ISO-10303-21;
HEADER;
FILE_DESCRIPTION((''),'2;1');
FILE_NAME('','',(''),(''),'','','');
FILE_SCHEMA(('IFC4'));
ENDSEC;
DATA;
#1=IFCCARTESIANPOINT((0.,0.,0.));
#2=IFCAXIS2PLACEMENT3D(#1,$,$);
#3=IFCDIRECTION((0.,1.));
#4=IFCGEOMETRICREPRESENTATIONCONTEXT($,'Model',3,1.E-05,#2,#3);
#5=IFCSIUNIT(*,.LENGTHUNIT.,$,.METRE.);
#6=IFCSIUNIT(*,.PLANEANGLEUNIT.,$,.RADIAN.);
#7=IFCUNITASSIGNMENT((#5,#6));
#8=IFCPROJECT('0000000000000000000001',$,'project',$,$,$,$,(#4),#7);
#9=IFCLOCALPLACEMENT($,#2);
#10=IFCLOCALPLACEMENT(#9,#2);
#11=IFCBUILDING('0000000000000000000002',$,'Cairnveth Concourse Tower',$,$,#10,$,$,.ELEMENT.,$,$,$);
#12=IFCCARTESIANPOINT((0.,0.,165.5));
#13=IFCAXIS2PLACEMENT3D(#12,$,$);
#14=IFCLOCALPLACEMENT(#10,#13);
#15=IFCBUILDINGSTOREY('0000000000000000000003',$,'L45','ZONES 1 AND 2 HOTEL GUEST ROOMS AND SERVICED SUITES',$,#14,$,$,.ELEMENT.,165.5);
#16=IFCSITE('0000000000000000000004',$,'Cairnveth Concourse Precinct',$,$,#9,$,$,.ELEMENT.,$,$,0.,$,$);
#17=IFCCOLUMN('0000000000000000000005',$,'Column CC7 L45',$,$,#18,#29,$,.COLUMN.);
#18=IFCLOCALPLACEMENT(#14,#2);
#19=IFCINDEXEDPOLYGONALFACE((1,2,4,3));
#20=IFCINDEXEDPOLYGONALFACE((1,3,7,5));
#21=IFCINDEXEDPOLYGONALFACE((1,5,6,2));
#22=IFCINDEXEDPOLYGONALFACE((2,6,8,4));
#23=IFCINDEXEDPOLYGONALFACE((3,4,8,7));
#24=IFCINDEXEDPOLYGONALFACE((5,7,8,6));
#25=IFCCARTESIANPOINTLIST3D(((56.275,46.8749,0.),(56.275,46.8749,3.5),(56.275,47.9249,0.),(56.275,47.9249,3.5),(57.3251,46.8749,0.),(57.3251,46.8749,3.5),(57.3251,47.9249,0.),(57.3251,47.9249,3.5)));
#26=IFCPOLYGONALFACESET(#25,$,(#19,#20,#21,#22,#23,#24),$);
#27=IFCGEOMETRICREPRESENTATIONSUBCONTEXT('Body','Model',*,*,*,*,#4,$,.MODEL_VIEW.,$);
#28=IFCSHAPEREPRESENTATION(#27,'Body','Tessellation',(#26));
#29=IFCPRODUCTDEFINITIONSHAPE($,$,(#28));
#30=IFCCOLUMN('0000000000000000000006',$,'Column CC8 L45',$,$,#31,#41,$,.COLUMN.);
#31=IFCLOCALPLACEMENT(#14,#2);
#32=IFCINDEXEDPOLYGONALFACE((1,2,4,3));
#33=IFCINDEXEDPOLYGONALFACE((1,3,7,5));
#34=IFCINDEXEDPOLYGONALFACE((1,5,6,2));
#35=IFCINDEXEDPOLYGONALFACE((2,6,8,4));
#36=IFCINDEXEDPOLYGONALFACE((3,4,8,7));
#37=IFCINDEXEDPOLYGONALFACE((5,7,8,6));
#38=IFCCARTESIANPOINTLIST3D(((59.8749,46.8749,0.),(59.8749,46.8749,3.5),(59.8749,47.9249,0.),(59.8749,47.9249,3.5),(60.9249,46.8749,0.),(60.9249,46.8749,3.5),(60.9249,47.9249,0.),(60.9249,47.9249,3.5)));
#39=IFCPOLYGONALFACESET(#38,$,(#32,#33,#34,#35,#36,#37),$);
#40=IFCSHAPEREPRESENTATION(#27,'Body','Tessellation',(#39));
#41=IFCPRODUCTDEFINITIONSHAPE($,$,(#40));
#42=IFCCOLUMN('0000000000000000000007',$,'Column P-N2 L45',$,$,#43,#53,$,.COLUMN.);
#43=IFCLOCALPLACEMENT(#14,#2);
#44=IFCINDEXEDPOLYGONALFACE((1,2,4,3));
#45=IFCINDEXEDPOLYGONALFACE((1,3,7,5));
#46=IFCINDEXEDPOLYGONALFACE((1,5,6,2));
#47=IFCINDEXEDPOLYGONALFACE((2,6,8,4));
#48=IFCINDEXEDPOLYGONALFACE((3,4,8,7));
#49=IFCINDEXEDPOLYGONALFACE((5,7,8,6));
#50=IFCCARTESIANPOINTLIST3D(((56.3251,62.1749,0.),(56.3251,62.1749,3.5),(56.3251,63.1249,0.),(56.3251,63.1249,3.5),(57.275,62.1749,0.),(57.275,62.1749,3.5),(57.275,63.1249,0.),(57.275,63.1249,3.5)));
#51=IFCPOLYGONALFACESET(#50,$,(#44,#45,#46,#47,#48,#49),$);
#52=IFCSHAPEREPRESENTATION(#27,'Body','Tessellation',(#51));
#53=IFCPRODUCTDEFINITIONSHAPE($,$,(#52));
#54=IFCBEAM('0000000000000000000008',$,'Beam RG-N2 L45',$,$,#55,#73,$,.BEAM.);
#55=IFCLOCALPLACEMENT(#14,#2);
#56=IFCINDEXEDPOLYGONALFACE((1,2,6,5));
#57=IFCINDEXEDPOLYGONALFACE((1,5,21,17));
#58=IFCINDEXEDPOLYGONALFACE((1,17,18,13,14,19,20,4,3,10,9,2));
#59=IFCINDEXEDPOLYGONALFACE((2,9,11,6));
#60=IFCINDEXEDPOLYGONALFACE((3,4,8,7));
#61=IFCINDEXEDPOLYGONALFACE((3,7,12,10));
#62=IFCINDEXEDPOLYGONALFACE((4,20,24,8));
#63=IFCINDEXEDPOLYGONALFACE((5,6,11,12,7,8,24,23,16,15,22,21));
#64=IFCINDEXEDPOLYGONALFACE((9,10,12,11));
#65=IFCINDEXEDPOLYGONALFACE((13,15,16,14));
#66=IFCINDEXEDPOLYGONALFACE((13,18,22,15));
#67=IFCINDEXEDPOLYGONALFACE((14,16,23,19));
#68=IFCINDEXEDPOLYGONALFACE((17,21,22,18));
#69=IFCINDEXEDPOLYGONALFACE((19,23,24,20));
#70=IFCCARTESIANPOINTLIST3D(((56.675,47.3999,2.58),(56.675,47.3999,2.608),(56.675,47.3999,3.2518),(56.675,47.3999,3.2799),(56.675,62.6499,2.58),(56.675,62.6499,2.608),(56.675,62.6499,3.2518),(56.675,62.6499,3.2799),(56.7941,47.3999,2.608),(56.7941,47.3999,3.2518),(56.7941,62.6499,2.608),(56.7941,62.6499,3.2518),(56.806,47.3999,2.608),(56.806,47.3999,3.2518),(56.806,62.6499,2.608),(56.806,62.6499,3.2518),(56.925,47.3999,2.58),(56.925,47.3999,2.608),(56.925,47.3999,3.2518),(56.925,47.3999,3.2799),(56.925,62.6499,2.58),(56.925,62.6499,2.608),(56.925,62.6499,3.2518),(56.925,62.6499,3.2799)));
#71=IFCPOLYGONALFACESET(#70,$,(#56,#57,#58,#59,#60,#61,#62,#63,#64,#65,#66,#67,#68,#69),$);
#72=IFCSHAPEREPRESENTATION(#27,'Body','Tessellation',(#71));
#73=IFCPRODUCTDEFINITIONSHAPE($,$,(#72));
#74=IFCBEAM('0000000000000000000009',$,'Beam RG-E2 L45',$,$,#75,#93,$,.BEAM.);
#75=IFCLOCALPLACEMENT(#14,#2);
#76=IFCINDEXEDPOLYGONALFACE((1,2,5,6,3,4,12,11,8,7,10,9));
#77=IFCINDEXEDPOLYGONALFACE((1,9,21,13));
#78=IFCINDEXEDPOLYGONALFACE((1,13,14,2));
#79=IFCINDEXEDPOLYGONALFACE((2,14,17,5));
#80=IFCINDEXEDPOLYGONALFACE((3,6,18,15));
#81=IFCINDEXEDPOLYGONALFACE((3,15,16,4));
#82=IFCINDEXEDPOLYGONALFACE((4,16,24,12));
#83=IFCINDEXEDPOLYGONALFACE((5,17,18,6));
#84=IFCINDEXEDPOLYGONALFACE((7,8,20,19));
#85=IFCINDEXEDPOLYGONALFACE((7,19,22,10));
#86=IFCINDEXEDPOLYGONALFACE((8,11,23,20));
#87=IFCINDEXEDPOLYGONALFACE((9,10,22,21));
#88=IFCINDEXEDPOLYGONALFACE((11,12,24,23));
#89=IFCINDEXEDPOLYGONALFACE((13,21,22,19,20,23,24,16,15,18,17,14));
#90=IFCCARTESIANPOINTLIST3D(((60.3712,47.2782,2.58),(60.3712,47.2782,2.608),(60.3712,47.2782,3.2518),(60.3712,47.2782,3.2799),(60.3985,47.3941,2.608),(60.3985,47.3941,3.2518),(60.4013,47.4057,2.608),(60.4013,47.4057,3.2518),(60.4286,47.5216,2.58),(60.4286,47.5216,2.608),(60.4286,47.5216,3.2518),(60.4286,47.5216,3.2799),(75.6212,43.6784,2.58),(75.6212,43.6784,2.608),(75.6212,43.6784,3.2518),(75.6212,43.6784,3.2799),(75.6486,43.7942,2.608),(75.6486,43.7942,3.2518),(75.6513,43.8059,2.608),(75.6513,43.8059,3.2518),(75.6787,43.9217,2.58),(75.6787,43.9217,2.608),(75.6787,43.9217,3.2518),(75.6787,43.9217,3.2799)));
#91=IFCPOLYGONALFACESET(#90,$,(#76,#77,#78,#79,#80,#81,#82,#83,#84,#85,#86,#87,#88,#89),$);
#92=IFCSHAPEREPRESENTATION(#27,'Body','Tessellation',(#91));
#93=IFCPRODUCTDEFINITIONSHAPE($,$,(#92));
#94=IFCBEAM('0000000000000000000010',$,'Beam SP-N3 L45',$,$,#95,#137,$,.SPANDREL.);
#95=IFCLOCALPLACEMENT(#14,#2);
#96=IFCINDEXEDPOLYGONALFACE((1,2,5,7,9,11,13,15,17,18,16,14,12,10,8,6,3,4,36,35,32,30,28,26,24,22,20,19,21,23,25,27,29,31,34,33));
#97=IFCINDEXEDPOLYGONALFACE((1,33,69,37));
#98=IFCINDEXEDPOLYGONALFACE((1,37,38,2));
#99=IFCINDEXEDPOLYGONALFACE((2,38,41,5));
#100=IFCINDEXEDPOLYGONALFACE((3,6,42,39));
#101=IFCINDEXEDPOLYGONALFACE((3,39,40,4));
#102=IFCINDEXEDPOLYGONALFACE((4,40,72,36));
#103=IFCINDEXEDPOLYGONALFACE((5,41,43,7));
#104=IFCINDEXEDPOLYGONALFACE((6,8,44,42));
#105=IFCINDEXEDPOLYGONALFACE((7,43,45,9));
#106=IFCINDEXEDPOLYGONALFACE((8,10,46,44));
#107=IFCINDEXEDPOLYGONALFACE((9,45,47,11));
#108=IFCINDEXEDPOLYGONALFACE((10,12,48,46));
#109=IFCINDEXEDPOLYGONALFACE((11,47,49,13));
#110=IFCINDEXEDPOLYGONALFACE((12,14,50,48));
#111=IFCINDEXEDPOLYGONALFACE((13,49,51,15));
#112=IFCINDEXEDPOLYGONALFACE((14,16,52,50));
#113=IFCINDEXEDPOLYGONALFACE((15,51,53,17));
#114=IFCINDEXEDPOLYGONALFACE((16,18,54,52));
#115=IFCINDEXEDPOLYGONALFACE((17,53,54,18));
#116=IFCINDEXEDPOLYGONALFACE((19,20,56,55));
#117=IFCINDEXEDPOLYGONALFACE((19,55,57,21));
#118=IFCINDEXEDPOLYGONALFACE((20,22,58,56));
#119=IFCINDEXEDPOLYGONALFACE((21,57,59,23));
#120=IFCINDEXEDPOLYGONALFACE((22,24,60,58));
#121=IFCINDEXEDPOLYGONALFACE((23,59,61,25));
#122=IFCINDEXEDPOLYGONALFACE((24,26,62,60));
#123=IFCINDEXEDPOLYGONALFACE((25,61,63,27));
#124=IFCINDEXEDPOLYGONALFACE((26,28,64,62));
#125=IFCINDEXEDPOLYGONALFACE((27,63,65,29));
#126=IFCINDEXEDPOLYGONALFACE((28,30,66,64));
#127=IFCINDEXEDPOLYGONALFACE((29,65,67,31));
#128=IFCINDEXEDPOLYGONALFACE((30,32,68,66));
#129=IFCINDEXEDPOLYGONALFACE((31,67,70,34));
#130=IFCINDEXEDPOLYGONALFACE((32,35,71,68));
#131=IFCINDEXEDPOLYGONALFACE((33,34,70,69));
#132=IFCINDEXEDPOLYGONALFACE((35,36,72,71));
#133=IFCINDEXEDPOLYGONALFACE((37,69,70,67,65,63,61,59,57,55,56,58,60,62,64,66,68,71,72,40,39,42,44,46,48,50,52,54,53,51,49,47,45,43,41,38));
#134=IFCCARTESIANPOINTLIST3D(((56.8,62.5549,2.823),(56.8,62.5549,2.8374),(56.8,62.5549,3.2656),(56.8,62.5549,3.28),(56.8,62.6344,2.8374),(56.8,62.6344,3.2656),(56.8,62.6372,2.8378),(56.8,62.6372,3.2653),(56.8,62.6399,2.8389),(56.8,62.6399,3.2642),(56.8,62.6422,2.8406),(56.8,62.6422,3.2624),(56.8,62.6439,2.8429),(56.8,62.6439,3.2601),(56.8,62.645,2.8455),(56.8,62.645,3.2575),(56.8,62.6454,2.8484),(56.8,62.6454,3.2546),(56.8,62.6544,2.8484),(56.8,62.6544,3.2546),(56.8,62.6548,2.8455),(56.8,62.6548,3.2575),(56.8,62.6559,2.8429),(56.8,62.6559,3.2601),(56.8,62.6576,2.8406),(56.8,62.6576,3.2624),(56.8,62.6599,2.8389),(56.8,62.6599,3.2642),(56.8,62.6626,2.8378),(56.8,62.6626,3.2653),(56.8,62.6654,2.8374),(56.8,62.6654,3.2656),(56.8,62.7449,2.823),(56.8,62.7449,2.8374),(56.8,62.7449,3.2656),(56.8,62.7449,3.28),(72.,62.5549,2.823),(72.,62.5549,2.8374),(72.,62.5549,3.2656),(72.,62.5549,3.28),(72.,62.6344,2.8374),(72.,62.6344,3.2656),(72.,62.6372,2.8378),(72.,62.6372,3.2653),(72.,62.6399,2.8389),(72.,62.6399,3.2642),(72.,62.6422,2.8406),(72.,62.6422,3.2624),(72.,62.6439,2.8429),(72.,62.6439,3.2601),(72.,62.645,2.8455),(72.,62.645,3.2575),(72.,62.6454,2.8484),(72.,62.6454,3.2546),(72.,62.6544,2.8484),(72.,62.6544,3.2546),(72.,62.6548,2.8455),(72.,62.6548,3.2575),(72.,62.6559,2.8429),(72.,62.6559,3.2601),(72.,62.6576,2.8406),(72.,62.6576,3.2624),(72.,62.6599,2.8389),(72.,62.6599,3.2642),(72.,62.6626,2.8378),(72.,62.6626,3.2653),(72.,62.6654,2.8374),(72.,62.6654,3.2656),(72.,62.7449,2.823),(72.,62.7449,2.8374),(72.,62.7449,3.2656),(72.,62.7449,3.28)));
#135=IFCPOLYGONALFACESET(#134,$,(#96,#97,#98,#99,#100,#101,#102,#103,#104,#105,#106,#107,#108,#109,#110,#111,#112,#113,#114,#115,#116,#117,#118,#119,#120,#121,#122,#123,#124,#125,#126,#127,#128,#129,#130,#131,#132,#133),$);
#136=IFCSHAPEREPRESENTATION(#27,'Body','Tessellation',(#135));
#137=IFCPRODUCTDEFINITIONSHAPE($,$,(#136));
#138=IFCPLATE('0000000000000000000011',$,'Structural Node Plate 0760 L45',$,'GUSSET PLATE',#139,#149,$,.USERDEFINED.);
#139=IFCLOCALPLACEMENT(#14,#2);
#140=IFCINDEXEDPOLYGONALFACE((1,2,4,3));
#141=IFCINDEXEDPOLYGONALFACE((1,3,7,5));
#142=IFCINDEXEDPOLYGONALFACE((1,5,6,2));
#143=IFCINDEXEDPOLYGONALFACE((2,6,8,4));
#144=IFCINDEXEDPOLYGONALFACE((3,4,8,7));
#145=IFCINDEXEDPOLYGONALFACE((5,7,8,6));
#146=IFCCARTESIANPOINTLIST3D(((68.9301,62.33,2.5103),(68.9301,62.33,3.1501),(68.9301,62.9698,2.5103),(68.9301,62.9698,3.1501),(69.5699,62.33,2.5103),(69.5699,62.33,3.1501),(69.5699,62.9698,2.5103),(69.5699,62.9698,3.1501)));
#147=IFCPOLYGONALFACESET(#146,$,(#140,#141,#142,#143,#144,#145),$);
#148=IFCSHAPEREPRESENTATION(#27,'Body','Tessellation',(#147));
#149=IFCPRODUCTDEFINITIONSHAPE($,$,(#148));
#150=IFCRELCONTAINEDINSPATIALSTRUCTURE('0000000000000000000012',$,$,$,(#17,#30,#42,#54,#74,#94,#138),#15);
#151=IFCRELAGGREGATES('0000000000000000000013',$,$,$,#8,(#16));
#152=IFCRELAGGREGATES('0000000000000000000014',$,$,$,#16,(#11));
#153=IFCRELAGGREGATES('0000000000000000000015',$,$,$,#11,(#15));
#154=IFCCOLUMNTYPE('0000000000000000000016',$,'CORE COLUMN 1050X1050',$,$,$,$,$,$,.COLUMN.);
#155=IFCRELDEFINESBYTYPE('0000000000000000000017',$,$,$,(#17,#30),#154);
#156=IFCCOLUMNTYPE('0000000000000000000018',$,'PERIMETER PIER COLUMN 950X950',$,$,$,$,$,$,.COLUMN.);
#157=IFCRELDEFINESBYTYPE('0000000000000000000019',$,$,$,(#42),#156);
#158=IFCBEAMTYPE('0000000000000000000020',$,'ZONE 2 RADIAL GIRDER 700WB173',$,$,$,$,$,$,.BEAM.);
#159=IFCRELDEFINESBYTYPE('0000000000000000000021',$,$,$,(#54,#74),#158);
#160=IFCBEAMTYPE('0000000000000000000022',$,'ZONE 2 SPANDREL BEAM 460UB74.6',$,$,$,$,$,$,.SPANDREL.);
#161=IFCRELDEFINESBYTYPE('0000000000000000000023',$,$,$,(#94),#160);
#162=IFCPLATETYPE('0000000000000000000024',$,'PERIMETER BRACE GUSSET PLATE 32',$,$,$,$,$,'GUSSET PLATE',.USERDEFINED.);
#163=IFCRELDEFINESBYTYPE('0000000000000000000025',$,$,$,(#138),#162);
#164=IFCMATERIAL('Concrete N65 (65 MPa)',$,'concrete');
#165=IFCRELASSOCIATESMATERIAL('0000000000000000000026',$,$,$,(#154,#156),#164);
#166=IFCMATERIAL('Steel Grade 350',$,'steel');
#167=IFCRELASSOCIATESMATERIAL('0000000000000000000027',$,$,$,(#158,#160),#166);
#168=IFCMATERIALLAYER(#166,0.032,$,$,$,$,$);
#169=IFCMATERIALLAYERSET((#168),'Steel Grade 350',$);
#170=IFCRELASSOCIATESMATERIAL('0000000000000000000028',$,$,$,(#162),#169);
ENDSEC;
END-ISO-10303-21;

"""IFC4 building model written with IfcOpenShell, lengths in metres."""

from ifc_helpers import new_model, si_unit, direction, frame, origin, origin_2d, place, context, subcontext, project, spatial, rectangle, i_section, extrude, material, layer, layer_set, material_profile, profile_set, type_object, element, save


model = new_model("IFC4")

# Units and contexts
model_context = context("Model", 3, precision=1e-05, world=origin(), true_north=direction((0.0, 1.0)))
body_context = subcontext(model_context, "Body", "Model", "MODEL_VIEW")
ifc_project = project(units=[si_unit("LENGTHUNIT", "METRE"), si_unit("PLANEANGLEUNIT", "RADIAN")], contexts=[model_context])

# Site, building, storey
site_placement = place(None, origin())
site = spatial("IfcSite", under=ifc_project, at=site_placement, Name="Cairnveth Concourse Precinct", CompositionType="ELEMENT", RefElevation=0.0)
building_placement = place(site_placement, origin())
building = spatial("IfcBuilding", under=site, at=building_placement, Name="Cairnveth Concourse Tower", CompositionType="ELEMENT")
storey_placement = place(building_placement, frame((0.0, 0.0, 165.5)))
storey = spatial("IfcBuildingStorey", under=building, at=storey_placement, Name="L45", Description="ZONES 1 AND 2 HOTEL GUEST ROOMS AND SERVICED SUITES", CompositionType="ELEMENT", Elevation=165.5)

# Columns
ifc_material_1 = material(Name="Concrete N65 (65 MPa)", Category="concrete")
ifc_material_profile_1 = material_profile(ifc_material_1, rectangle(XDim=1.05, YDim=1.05, at=origin_2d()), Name="RC-COL-1050x1050")
ifc_profile_set_1 = profile_set([ifc_material_profile_1], Name="Concrete N65 (65 MPa)")
column_type_1 = type_object("IfcColumnType", Name="CORE COLUMN 1050X1050", PredefinedType="COLUMN", material=ifc_profile_set_1)
for number, where, z_axis, x_axis, name in (
    (1, (56.8, 47.3999, 0.0), (0.0, 0.0, 1.0), (1.0, 0.0, 0.0), "Column CC7 L45"),
    (2, (60.3999, 47.3999, 0.0), (0.0, 0.0, 1.0), (1.0, 0.0, 0.0), "Column CC8 L45"),
):
    element("IfcColumn", number, at=place(storey_placement, frame(where, z_axis=z_axis, x_axis=x_axis)), inside=storey, type_object=column_type_1, Name=name, PredefinedType="COLUMN", context=body_context, shape_type="SweptSolid", body=[
        extrude(rectangle(XDim=1.05, YDim=1.05, at=origin_2d()), origin(), (0.0, 0.0, 1.0), 3.5),
    ])
ifc_material_profile_2 = material_profile(ifc_material_1, rectangle(XDim=0.95, YDim=0.95, at=origin_2d()), Name="RC-COL-950x950")
ifc_profile_set_2 = profile_set([ifc_material_profile_2], Name="Concrete N65 (65 MPa)")
column_type_2 = type_object("IfcColumnType", Name="PERIMETER PIER COLUMN 950X950", PredefinedType="COLUMN", material=ifc_profile_set_2)
column_placement = place(storey_placement, frame((56.8, 62.6499, 0.0), z_axis=(0.0, 0.0, 1.0), x_axis=(1.0, 0.0, 0.0)))
element("IfcColumn", 3, at=column_placement, inside=storey, type_object=column_type_2, Name="Column P-N2 L45", PredefinedType="COLUMN", context=body_context, shape_type="SweptSolid", body=[
    extrude(rectangle(XDim=0.95, YDim=0.95, at=origin_2d()), origin(), (0.0, 0.0, 1.0), 3.5),
])

# Beams
ifc_material_2 = material(Name="Steel Grade 350", Category="steel")
ifc_material_profile_3 = material_profile(ifc_material_2, i_section(OverallWidth=0.25, OverallDepth=0.7, WebThickness=0.012, FlangeThickness=0.0281, at=origin_2d()), Name="700WB173")
ifc_profile_set_3 = profile_set([ifc_material_profile_3], Name="Steel Grade 350")
beam_type_1 = type_object("IfcBeamType", Name="ZONE 2 RADIAL GIRDER 700WB173", PredefinedType="BEAM", material=ifc_profile_set_3)
beam_1_placement = place(storey_placement, frame((56.8, 47.3999, 2.9299), z_axis=(0.0, 1.0, 0.0), x_axis=(-1.0, 0.0, 0.0)))
element("IfcBeam", 4, at=beam_1_placement, inside=storey, type_object=beam_type_1, Name="Beam RG-N2 L45", PredefinedType="BEAM", context=body_context, shape_type="SweptSolid", body=[
    extrude(i_section(OverallWidth=0.25, OverallDepth=0.7, WebThickness=0.012, FlangeThickness=0.0281, at=origin_2d()), origin(), (0.0, 0.0, 1.0), 15.25),
])
beam_2_placement = place(storey_placement, frame((60.3999, 47.3999, 2.9299), z_axis=(0.973252, -0.229742, 0.0), x_axis=(0.229742, 0.973252, 0.0)))
element("IfcBeam", 5, at=beam_2_placement, inside=storey, type_object=beam_type_1, Name="Beam RG-E2 L45", PredefinedType="BEAM", context=body_context, shape_type="SweptSolid", body=[
    extrude(i_section(OverallWidth=0.25, OverallDepth=0.7, WebThickness=0.012, FlangeThickness=0.0281, at=origin_2d()), origin(), (0.0, 0.0, 1.0), 15.6692),
])
ifc_material_profile_4 = material_profile(ifc_material_2, i_section(OverallWidth=0.1899, OverallDepth=0.457, WebThickness=0.009, FlangeThickness=0.0144, FilletRadius=0.011, at=origin_2d()), Name="460UB74.6")
ifc_profile_set_4 = profile_set([ifc_material_profile_4], Name="Steel Grade 350")
beam_type_2 = type_object("IfcBeamType", Name="ZONE 2 SPANDREL BEAM 460UB74.6", PredefinedType="SPANDREL", material=ifc_profile_set_4)
beam_3_placement = place(storey_placement, frame((56.8, 62.6499, 3.0515), z_axis=(1.0, 0.0, 0.0), x_axis=(0.0, 1.0, 0.0)))
element("IfcBeam", 6, at=beam_3_placement, inside=storey, type_object=beam_type_2, Name="Beam SP-N3 L45", PredefinedType="SPANDREL", context=body_context, shape_type="SweptSolid", body=[
    extrude(i_section(OverallWidth=0.1899, OverallDepth=0.457, WebThickness=0.009, FlangeThickness=0.0144, FilletRadius=0.011, at=origin_2d()), origin(), (0.0, 0.0, 1.0), 15.2),
])

# Plate
ifc_layer_1 = layer(ifc_material_2, 0.032)
ifc_layer_set_1 = layer_set([ifc_layer_1], Name="Steel Grade 350")
plate_type = type_object("IfcPlateType", Name="PERIMETER BRACE GUSSET PLATE 32", ElementType="GUSSET PLATE", PredefinedType="USERDEFINED", material=ifc_layer_set_1)
plate_placement = place(storey_placement, frame((69.25, 62.6499, 2.5103), z_axis=(0.0, 0.0, 1.0), x_axis=(1.0, 0.0, 0.0)))
element("IfcPlate", 7, at=plate_placement, inside=storey, type_object=plate_type, Name="Structural Node Plate 0760 L45", ObjectType="GUSSET PLATE", PredefinedType="USERDEFINED", context=body_context, shape_type="SweptSolid", body=[
    extrude(rectangle(XDim=0.6399, YDim=0.6399, at=origin_2d()), origin(), (0.0, 0.0, 1.0), 0.6399),
])

save(model, "model.ifc")
